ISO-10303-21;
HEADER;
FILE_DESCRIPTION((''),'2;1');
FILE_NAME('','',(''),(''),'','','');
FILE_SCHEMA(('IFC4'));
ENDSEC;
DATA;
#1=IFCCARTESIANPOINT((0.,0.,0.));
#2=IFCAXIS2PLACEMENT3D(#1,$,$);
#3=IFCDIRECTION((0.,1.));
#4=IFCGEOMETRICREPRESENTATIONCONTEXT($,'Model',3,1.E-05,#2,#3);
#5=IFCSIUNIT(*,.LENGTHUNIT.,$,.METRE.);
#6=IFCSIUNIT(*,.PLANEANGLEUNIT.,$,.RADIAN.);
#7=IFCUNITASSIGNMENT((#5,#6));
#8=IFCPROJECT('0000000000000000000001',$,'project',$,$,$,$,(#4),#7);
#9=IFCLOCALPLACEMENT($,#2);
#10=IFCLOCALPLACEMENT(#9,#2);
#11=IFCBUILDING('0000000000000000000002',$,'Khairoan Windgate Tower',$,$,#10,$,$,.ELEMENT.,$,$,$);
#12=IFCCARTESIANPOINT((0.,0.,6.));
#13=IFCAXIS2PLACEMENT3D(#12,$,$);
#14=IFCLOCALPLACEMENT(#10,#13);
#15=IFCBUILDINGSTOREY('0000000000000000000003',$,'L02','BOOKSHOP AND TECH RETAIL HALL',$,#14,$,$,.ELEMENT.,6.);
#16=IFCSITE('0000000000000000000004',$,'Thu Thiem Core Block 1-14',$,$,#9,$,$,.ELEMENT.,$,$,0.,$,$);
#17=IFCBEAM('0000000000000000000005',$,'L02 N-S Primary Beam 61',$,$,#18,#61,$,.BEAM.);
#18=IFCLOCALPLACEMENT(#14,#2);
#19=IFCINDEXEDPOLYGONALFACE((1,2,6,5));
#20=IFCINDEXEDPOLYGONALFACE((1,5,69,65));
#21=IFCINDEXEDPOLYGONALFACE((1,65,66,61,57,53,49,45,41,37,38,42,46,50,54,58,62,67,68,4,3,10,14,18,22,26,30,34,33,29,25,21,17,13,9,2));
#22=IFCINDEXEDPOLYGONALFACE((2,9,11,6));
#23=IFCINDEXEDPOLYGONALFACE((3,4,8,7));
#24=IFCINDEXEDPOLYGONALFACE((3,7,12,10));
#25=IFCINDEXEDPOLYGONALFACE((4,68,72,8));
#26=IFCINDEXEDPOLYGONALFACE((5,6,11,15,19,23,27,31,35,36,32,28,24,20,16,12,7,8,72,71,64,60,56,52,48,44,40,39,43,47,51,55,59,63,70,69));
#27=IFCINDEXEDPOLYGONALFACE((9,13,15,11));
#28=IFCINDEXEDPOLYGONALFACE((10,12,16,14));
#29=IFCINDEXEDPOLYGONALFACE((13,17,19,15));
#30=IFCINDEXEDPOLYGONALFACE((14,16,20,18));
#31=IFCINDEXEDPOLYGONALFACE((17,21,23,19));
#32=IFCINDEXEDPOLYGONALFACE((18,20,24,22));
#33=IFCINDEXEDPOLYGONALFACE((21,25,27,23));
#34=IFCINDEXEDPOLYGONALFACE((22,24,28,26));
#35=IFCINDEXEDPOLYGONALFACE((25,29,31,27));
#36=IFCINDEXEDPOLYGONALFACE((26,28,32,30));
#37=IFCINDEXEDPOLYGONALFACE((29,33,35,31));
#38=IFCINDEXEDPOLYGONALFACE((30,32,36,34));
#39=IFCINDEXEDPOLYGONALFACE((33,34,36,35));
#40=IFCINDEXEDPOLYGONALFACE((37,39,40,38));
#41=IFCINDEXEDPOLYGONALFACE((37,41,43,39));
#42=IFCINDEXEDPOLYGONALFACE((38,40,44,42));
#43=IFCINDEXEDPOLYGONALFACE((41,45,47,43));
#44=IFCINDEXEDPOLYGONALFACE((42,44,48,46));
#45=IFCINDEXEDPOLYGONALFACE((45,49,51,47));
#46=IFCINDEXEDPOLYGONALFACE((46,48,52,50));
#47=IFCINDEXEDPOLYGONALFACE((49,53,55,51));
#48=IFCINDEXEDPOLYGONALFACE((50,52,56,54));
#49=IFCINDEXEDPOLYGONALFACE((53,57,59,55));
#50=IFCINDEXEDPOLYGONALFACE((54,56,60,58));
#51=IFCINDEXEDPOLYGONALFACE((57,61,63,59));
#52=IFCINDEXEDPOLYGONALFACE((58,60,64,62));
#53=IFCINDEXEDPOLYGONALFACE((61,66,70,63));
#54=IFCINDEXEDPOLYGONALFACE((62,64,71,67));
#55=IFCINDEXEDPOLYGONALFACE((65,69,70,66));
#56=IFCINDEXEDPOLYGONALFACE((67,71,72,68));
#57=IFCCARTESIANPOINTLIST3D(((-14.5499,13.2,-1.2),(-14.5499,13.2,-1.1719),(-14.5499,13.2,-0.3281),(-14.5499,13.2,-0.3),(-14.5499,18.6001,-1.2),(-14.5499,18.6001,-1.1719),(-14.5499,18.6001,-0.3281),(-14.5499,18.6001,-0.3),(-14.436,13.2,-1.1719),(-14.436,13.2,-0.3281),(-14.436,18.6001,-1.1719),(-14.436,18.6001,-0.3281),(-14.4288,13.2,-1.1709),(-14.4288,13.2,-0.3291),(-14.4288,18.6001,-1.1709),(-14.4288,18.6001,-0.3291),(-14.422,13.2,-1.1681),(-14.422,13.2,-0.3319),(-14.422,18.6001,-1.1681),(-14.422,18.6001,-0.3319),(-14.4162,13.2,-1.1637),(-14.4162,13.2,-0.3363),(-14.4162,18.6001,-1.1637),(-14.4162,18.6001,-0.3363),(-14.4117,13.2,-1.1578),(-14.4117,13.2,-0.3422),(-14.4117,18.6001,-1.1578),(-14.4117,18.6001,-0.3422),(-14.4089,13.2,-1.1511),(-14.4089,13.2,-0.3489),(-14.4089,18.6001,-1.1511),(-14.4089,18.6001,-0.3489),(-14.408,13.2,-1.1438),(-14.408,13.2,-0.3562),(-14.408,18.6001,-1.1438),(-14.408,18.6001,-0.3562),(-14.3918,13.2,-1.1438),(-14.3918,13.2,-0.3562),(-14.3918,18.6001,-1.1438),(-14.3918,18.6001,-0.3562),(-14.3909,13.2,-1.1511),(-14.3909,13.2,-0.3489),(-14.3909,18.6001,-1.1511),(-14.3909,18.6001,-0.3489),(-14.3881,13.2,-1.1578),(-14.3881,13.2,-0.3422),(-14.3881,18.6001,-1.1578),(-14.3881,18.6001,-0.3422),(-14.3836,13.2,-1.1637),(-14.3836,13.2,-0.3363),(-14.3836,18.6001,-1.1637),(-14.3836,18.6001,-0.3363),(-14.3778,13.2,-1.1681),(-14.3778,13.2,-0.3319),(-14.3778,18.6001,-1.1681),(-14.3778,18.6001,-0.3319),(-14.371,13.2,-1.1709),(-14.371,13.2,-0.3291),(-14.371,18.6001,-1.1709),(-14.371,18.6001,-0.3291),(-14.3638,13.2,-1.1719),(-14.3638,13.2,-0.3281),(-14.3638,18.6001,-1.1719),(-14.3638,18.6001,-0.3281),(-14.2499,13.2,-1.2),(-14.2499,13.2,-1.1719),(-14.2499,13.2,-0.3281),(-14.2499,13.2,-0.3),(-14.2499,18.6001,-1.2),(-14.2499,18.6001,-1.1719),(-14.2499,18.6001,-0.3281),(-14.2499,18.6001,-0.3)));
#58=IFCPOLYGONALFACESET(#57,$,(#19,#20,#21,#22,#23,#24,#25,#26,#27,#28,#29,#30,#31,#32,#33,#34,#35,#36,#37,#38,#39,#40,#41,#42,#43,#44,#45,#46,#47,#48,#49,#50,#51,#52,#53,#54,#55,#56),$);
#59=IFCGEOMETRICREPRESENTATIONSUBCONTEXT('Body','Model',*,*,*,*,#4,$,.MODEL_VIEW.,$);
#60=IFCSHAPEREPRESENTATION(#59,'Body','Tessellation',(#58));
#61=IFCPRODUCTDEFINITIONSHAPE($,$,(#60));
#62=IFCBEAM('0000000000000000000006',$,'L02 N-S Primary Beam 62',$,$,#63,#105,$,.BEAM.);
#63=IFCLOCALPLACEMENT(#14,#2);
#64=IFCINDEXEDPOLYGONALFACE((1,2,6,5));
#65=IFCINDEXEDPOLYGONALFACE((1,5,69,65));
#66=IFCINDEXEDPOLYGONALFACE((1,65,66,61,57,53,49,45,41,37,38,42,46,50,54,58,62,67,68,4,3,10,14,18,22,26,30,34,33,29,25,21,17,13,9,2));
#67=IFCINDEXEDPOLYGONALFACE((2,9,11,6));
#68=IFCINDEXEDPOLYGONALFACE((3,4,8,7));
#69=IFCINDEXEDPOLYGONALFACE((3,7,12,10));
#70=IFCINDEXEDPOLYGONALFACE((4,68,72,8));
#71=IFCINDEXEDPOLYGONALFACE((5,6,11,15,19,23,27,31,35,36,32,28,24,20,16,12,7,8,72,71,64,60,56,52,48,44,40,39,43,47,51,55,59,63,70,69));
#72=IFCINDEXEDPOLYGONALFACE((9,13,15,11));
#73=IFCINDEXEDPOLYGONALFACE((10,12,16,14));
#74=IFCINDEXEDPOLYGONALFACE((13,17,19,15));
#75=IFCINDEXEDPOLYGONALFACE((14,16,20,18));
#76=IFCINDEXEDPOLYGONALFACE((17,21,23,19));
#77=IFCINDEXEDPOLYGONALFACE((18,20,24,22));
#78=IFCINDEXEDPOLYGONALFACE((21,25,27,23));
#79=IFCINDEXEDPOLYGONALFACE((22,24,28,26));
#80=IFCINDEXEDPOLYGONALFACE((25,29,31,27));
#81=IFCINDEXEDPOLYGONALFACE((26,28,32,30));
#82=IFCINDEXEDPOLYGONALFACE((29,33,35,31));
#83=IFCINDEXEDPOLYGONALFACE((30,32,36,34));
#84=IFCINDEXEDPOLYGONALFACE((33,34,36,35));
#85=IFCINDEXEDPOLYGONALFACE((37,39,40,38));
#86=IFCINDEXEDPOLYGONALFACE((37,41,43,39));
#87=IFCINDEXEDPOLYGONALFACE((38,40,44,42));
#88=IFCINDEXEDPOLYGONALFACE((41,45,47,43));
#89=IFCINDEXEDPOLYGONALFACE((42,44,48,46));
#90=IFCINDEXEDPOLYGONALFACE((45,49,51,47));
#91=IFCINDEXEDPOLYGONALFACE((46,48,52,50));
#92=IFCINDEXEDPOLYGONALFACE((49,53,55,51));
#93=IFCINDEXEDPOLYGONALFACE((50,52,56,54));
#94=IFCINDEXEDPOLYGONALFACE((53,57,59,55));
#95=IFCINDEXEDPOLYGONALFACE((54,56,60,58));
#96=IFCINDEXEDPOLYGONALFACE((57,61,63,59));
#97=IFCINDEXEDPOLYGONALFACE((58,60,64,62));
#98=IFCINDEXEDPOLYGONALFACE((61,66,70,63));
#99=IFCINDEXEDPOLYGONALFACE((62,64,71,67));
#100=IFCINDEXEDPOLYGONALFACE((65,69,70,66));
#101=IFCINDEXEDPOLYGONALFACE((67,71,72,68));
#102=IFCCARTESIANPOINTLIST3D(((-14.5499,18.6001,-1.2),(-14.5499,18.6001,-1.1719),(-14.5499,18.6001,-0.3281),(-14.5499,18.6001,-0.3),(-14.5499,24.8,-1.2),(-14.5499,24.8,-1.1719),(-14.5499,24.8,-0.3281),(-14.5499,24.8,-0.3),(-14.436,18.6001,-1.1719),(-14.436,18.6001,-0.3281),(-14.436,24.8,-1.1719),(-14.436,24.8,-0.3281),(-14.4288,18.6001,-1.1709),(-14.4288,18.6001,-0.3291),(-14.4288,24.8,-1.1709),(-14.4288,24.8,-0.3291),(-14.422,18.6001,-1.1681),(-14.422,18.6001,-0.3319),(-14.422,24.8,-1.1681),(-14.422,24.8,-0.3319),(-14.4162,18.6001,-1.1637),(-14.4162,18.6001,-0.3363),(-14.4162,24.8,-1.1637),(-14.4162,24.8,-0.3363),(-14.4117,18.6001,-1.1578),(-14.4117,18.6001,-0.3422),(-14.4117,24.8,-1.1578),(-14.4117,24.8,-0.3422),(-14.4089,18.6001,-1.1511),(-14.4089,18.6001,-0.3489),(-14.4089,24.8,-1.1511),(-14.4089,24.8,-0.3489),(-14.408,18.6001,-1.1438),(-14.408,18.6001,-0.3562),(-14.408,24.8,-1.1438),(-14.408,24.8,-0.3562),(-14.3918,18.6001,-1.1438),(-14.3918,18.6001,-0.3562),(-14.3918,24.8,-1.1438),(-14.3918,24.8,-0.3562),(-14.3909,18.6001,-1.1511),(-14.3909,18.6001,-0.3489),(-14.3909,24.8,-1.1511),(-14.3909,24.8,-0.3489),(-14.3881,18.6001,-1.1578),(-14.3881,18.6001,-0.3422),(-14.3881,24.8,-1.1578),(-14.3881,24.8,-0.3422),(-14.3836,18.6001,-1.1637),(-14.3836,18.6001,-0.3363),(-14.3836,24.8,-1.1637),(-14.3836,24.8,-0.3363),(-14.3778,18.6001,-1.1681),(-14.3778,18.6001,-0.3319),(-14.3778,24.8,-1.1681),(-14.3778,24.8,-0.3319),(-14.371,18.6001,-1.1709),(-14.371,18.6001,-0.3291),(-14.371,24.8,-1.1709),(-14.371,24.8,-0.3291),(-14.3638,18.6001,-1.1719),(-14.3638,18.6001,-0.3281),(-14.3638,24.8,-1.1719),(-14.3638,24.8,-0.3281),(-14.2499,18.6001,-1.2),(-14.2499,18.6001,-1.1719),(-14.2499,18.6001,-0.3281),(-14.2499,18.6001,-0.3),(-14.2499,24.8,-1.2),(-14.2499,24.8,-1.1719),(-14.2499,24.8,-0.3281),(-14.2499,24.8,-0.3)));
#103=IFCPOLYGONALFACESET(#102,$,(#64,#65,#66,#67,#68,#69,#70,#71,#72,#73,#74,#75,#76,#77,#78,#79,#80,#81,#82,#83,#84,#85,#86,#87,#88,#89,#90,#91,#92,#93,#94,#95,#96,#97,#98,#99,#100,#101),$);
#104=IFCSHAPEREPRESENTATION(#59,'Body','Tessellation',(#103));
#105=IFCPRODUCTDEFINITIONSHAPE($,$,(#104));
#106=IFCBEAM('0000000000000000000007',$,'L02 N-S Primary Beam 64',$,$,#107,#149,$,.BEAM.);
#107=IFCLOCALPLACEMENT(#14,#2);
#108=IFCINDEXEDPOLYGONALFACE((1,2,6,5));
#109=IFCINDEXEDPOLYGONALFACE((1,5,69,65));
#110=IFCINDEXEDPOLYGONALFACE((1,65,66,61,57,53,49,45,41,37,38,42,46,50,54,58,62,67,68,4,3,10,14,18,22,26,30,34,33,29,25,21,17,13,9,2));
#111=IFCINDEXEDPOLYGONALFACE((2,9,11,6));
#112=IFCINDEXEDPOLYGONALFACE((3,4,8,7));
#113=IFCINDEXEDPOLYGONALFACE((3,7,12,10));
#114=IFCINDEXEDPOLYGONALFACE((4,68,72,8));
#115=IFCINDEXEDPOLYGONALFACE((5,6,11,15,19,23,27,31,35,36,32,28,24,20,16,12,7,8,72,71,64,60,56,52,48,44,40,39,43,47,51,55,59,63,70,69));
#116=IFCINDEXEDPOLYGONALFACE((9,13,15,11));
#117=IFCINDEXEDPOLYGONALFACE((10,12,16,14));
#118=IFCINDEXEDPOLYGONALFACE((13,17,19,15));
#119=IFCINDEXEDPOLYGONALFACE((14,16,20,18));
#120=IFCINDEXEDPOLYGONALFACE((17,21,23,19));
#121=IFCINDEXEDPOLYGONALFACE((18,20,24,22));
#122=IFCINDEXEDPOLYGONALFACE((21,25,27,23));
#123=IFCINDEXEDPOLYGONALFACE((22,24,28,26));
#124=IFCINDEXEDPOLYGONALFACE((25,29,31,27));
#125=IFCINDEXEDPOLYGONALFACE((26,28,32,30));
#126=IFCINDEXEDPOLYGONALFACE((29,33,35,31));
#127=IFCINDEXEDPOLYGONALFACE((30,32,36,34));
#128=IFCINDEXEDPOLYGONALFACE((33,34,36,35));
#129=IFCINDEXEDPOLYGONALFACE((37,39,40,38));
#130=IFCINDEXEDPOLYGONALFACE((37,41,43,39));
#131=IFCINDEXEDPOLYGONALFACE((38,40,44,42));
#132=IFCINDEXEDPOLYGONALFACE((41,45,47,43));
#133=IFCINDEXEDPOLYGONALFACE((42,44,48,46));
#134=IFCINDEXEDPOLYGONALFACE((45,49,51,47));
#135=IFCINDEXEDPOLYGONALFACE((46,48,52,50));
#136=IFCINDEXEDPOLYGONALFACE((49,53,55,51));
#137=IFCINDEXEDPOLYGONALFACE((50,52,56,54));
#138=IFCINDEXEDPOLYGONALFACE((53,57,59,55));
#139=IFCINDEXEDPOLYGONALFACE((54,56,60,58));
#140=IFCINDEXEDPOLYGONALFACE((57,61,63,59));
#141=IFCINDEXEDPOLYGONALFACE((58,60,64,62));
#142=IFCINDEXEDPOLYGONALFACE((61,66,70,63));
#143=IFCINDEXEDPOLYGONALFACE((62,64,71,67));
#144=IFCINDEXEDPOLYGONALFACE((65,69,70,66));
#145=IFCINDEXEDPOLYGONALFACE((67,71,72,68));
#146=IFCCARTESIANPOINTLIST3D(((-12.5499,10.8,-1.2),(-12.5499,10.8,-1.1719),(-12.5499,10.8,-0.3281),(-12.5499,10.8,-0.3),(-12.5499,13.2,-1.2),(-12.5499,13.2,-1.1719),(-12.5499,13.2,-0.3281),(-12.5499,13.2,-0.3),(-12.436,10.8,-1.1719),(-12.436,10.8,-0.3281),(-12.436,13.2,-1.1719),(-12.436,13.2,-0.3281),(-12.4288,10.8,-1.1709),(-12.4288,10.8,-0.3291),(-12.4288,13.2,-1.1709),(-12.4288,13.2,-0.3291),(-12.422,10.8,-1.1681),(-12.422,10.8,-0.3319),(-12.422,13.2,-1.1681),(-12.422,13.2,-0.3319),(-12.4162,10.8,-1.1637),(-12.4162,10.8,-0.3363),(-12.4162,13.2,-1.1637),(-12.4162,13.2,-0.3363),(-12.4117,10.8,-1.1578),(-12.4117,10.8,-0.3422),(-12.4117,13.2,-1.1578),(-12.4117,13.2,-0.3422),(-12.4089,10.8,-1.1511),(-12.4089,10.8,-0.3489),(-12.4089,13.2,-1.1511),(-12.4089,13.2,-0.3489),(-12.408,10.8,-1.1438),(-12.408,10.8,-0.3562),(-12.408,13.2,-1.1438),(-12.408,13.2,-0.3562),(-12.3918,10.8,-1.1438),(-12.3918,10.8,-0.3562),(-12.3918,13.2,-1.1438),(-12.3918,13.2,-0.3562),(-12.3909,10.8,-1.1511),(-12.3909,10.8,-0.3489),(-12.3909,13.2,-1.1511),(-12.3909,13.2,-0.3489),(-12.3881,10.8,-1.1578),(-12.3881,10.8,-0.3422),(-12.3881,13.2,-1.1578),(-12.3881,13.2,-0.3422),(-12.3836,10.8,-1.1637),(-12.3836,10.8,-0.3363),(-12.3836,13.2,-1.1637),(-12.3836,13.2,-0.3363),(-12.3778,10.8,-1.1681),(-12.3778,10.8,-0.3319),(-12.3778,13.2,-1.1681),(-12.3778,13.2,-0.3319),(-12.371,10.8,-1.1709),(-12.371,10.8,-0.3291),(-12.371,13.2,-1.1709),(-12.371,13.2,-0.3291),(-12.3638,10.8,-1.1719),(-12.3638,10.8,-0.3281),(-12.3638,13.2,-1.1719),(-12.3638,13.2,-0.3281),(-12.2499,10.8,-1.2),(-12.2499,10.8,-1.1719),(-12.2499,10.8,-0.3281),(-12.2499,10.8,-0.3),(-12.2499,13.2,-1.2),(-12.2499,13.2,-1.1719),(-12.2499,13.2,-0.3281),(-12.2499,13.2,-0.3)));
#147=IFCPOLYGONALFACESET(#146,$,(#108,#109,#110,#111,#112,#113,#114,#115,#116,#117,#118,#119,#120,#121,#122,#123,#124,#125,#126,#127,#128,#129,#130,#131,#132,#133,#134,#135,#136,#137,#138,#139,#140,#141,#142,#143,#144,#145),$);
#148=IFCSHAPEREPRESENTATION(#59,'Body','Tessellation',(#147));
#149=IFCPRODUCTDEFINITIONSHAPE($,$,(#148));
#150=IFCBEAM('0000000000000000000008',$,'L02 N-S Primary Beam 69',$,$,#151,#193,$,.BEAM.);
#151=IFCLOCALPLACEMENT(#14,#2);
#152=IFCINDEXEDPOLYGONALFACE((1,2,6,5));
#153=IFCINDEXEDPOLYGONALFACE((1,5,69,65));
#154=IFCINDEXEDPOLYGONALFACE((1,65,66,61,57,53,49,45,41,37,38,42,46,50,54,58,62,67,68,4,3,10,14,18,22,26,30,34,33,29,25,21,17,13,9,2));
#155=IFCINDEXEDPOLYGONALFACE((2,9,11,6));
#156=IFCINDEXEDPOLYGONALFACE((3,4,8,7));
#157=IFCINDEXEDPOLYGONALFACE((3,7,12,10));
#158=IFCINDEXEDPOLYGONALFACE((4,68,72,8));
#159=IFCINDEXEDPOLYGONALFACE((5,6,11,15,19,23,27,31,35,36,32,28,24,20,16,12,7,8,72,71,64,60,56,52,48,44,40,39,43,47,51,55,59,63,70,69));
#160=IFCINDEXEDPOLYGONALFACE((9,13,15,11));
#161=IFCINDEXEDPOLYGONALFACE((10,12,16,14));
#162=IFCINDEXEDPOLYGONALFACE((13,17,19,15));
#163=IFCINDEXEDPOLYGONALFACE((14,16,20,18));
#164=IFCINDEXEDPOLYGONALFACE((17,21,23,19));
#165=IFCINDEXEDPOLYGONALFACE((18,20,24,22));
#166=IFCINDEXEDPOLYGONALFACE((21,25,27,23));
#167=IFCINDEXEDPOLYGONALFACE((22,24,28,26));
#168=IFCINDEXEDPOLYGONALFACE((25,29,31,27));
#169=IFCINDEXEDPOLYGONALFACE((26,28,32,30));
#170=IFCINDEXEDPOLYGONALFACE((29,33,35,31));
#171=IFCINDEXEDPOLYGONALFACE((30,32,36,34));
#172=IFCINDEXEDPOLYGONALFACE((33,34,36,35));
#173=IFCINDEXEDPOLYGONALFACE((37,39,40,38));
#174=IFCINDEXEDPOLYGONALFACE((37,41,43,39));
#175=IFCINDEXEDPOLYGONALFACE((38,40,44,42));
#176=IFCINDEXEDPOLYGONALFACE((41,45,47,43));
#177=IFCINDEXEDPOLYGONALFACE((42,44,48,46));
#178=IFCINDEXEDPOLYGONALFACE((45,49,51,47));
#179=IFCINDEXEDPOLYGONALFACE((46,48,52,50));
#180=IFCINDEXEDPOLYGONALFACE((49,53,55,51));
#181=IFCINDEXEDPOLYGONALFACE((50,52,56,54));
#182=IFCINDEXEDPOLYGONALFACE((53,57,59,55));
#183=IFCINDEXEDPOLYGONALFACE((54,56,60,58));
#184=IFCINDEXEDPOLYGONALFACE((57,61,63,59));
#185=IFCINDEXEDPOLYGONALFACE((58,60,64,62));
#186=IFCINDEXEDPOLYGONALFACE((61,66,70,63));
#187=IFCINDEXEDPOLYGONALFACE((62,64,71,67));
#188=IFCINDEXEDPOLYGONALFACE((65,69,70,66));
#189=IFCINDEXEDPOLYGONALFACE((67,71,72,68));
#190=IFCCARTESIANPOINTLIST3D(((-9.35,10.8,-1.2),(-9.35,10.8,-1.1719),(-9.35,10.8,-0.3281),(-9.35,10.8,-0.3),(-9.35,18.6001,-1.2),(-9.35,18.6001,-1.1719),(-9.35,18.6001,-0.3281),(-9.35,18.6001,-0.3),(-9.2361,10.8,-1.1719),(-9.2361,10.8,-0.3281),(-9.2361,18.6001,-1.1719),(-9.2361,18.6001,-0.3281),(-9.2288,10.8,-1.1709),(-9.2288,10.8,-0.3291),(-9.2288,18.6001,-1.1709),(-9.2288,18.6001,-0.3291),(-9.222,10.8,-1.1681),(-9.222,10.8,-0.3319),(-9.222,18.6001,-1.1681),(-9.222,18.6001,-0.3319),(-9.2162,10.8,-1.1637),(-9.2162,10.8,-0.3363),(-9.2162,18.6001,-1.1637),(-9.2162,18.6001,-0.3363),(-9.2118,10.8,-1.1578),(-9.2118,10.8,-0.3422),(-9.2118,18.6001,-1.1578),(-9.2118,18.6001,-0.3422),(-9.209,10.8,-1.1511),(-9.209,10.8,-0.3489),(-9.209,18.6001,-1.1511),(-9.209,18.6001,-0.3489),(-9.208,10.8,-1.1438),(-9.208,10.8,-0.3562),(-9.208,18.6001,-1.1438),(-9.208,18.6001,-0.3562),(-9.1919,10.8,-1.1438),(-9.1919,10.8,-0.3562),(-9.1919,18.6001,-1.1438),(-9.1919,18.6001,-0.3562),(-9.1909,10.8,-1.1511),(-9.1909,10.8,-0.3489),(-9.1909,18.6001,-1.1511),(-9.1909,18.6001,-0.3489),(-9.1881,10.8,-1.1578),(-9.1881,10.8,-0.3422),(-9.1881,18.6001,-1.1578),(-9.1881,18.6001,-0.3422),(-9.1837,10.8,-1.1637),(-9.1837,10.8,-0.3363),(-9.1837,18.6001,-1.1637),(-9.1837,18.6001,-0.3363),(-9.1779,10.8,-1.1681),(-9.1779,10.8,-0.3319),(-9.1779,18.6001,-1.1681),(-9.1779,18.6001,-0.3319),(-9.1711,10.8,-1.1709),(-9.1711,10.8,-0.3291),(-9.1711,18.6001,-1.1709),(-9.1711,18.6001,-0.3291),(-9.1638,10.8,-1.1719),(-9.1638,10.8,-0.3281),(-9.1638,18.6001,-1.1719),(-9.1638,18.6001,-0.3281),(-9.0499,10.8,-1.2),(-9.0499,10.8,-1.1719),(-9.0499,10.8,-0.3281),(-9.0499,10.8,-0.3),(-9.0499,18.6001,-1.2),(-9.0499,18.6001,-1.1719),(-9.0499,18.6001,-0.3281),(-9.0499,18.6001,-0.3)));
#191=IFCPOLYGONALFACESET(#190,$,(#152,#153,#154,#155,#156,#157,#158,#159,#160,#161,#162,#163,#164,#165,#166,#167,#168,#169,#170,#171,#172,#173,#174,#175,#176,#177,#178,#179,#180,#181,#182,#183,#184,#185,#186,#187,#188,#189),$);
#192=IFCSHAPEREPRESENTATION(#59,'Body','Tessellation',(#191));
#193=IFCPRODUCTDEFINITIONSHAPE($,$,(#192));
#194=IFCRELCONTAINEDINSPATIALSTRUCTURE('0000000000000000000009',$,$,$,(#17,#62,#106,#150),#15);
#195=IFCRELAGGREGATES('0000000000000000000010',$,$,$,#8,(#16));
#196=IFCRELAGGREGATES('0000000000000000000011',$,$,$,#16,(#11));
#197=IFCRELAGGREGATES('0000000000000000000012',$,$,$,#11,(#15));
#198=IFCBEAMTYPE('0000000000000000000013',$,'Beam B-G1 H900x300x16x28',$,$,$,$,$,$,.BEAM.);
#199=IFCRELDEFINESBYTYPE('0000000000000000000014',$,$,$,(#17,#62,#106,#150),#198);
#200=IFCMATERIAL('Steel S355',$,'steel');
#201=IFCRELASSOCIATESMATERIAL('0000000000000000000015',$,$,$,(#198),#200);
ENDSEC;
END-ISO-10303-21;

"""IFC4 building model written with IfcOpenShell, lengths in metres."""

from ifc_helpers import new_model, si_unit, direction, frame, origin, origin_2d, place, context, subcontext, project, spatial, i_section, extrude, material, material_profile, profile_set, type_object, element, save


model = new_model("IFC4")

# Units and contexts
model_context = context("Model", 3, precision=1e-05, world=origin(), true_north=direction((0.0, 1.0)))
body_context = subcontext(model_context, "Body", "Model", "MODEL_VIEW")
ifc_project = project(units=[si_unit("LENGTHUNIT", "METRE"), si_unit("PLANEANGLEUNIT", "RADIAN")], contexts=[model_context])

# Site, building, storey
site_placement = place(None, origin())
site = spatial("IfcSite", under=ifc_project, at=site_placement, Name="Thu Thiem Core Block 1-14", CompositionType="ELEMENT", RefElevation=0.0)
building_placement = place(site_placement, origin())
building = spatial("IfcBuilding", under=site, at=building_placement, Name="Khairoan Windgate Tower", CompositionType="ELEMENT")
storey_placement = place(building_placement, frame((0.0, 0.0, 6.0)))
storey = spatial("IfcBuildingStorey", under=building, at=storey_placement, Name="L02", Description="BOOKSHOP AND TECH RETAIL HALL", CompositionType="ELEMENT", Elevation=6.0)

# Beams
ifc_material_1 = material(Name="Steel S355", Category="steel")
ifc_material_profile_1 = material_profile(ifc_material_1, i_section(OverallWidth=0.3, OverallDepth=0.8999, WebThickness=0.0161, FlangeThickness=0.0281, FilletRadius=0.0281, at=origin_2d()))
ifc_profile_set_1 = profile_set([ifc_material_profile_1], Name="Steel S355")
beam_type_1 = type_object("IfcBeamType", Name="Beam B-G1 H900x300x16x28", PredefinedType="BEAM", material=ifc_profile_set_1)
beam_1_placement = place(storey_placement, frame((-14.3999, 13.2, -0.75), z_axis=(0.0, 1.0, 0.0), x_axis=(-1.0, 0.0, 0.0)))
element("IfcBeam", 1, at=beam_1_placement, inside=storey, type_object=beam_type_1, Name="L02 N-S Primary Beam 61", PredefinedType="BEAM", context=body_context, shape_type="SweptSolid", body=[
    extrude(i_section(OverallWidth=0.3, OverallDepth=0.8999, WebThickness=0.0161, FlangeThickness=0.0281, FilletRadius=0.0281, at=origin_2d()), origin(), (0.0, 0.0, 1.0), 5.4001),
])
beam_2_placement = place(storey_placement, frame((-14.3999, 18.6001, -0.75), z_axis=(0.0, 1.0, 0.0), x_axis=(-1.0, 0.0, 0.0)))
element("IfcBeam", 2, at=beam_2_placement, inside=storey, type_object=beam_type_1, Name="L02 N-S Primary Beam 62", PredefinedType="BEAM", context=body_context, shape_type="SweptSolid", body=[
    extrude(i_section(OverallWidth=0.3, OverallDepth=0.8999, WebThickness=0.0161, FlangeThickness=0.0281, FilletRadius=0.0281, at=origin_2d()), origin(), (0.0, 0.0, 1.0), 6.2),
])
beam_3_placement = place(storey_placement, frame((-12.3999, 10.8, -0.75), z_axis=(0.0, 1.0, 0.0), x_axis=(-1.0, 0.0, 0.0)))
element("IfcBeam", 3, at=beam_3_placement, inside=storey, type_object=beam_type_1, Name="L02 N-S Primary Beam 64", PredefinedType="BEAM", context=body_context, shape_type="SweptSolid", body=[
    extrude(i_section(OverallWidth=0.3, OverallDepth=0.8999, WebThickness=0.0161, FlangeThickness=0.0281, FilletRadius=0.0281, at=origin_2d()), origin(), (0.0, 0.0, 1.0), 2.3999),
])
beam_4_placement = place(storey_placement, frame((-9.2, 10.8, -0.75), z_axis=(0.0, 1.0, 0.0), x_axis=(-1.0, 0.0, 0.0)))
element("IfcBeam", 4, at=beam_4_placement, inside=storey, type_object=beam_type_1, Name="L02 N-S Primary Beam 69", PredefinedType="BEAM", context=body_context, shape_type="SweptSolid", body=[
    extrude(i_section(OverallWidth=0.3, OverallDepth=0.8999, WebThickness=0.0161, FlangeThickness=0.0281, FilletRadius=0.0281, at=origin_2d()), origin(), (0.0, 0.0, 1.0), 7.8),
])

save(model, "model.ifc")
